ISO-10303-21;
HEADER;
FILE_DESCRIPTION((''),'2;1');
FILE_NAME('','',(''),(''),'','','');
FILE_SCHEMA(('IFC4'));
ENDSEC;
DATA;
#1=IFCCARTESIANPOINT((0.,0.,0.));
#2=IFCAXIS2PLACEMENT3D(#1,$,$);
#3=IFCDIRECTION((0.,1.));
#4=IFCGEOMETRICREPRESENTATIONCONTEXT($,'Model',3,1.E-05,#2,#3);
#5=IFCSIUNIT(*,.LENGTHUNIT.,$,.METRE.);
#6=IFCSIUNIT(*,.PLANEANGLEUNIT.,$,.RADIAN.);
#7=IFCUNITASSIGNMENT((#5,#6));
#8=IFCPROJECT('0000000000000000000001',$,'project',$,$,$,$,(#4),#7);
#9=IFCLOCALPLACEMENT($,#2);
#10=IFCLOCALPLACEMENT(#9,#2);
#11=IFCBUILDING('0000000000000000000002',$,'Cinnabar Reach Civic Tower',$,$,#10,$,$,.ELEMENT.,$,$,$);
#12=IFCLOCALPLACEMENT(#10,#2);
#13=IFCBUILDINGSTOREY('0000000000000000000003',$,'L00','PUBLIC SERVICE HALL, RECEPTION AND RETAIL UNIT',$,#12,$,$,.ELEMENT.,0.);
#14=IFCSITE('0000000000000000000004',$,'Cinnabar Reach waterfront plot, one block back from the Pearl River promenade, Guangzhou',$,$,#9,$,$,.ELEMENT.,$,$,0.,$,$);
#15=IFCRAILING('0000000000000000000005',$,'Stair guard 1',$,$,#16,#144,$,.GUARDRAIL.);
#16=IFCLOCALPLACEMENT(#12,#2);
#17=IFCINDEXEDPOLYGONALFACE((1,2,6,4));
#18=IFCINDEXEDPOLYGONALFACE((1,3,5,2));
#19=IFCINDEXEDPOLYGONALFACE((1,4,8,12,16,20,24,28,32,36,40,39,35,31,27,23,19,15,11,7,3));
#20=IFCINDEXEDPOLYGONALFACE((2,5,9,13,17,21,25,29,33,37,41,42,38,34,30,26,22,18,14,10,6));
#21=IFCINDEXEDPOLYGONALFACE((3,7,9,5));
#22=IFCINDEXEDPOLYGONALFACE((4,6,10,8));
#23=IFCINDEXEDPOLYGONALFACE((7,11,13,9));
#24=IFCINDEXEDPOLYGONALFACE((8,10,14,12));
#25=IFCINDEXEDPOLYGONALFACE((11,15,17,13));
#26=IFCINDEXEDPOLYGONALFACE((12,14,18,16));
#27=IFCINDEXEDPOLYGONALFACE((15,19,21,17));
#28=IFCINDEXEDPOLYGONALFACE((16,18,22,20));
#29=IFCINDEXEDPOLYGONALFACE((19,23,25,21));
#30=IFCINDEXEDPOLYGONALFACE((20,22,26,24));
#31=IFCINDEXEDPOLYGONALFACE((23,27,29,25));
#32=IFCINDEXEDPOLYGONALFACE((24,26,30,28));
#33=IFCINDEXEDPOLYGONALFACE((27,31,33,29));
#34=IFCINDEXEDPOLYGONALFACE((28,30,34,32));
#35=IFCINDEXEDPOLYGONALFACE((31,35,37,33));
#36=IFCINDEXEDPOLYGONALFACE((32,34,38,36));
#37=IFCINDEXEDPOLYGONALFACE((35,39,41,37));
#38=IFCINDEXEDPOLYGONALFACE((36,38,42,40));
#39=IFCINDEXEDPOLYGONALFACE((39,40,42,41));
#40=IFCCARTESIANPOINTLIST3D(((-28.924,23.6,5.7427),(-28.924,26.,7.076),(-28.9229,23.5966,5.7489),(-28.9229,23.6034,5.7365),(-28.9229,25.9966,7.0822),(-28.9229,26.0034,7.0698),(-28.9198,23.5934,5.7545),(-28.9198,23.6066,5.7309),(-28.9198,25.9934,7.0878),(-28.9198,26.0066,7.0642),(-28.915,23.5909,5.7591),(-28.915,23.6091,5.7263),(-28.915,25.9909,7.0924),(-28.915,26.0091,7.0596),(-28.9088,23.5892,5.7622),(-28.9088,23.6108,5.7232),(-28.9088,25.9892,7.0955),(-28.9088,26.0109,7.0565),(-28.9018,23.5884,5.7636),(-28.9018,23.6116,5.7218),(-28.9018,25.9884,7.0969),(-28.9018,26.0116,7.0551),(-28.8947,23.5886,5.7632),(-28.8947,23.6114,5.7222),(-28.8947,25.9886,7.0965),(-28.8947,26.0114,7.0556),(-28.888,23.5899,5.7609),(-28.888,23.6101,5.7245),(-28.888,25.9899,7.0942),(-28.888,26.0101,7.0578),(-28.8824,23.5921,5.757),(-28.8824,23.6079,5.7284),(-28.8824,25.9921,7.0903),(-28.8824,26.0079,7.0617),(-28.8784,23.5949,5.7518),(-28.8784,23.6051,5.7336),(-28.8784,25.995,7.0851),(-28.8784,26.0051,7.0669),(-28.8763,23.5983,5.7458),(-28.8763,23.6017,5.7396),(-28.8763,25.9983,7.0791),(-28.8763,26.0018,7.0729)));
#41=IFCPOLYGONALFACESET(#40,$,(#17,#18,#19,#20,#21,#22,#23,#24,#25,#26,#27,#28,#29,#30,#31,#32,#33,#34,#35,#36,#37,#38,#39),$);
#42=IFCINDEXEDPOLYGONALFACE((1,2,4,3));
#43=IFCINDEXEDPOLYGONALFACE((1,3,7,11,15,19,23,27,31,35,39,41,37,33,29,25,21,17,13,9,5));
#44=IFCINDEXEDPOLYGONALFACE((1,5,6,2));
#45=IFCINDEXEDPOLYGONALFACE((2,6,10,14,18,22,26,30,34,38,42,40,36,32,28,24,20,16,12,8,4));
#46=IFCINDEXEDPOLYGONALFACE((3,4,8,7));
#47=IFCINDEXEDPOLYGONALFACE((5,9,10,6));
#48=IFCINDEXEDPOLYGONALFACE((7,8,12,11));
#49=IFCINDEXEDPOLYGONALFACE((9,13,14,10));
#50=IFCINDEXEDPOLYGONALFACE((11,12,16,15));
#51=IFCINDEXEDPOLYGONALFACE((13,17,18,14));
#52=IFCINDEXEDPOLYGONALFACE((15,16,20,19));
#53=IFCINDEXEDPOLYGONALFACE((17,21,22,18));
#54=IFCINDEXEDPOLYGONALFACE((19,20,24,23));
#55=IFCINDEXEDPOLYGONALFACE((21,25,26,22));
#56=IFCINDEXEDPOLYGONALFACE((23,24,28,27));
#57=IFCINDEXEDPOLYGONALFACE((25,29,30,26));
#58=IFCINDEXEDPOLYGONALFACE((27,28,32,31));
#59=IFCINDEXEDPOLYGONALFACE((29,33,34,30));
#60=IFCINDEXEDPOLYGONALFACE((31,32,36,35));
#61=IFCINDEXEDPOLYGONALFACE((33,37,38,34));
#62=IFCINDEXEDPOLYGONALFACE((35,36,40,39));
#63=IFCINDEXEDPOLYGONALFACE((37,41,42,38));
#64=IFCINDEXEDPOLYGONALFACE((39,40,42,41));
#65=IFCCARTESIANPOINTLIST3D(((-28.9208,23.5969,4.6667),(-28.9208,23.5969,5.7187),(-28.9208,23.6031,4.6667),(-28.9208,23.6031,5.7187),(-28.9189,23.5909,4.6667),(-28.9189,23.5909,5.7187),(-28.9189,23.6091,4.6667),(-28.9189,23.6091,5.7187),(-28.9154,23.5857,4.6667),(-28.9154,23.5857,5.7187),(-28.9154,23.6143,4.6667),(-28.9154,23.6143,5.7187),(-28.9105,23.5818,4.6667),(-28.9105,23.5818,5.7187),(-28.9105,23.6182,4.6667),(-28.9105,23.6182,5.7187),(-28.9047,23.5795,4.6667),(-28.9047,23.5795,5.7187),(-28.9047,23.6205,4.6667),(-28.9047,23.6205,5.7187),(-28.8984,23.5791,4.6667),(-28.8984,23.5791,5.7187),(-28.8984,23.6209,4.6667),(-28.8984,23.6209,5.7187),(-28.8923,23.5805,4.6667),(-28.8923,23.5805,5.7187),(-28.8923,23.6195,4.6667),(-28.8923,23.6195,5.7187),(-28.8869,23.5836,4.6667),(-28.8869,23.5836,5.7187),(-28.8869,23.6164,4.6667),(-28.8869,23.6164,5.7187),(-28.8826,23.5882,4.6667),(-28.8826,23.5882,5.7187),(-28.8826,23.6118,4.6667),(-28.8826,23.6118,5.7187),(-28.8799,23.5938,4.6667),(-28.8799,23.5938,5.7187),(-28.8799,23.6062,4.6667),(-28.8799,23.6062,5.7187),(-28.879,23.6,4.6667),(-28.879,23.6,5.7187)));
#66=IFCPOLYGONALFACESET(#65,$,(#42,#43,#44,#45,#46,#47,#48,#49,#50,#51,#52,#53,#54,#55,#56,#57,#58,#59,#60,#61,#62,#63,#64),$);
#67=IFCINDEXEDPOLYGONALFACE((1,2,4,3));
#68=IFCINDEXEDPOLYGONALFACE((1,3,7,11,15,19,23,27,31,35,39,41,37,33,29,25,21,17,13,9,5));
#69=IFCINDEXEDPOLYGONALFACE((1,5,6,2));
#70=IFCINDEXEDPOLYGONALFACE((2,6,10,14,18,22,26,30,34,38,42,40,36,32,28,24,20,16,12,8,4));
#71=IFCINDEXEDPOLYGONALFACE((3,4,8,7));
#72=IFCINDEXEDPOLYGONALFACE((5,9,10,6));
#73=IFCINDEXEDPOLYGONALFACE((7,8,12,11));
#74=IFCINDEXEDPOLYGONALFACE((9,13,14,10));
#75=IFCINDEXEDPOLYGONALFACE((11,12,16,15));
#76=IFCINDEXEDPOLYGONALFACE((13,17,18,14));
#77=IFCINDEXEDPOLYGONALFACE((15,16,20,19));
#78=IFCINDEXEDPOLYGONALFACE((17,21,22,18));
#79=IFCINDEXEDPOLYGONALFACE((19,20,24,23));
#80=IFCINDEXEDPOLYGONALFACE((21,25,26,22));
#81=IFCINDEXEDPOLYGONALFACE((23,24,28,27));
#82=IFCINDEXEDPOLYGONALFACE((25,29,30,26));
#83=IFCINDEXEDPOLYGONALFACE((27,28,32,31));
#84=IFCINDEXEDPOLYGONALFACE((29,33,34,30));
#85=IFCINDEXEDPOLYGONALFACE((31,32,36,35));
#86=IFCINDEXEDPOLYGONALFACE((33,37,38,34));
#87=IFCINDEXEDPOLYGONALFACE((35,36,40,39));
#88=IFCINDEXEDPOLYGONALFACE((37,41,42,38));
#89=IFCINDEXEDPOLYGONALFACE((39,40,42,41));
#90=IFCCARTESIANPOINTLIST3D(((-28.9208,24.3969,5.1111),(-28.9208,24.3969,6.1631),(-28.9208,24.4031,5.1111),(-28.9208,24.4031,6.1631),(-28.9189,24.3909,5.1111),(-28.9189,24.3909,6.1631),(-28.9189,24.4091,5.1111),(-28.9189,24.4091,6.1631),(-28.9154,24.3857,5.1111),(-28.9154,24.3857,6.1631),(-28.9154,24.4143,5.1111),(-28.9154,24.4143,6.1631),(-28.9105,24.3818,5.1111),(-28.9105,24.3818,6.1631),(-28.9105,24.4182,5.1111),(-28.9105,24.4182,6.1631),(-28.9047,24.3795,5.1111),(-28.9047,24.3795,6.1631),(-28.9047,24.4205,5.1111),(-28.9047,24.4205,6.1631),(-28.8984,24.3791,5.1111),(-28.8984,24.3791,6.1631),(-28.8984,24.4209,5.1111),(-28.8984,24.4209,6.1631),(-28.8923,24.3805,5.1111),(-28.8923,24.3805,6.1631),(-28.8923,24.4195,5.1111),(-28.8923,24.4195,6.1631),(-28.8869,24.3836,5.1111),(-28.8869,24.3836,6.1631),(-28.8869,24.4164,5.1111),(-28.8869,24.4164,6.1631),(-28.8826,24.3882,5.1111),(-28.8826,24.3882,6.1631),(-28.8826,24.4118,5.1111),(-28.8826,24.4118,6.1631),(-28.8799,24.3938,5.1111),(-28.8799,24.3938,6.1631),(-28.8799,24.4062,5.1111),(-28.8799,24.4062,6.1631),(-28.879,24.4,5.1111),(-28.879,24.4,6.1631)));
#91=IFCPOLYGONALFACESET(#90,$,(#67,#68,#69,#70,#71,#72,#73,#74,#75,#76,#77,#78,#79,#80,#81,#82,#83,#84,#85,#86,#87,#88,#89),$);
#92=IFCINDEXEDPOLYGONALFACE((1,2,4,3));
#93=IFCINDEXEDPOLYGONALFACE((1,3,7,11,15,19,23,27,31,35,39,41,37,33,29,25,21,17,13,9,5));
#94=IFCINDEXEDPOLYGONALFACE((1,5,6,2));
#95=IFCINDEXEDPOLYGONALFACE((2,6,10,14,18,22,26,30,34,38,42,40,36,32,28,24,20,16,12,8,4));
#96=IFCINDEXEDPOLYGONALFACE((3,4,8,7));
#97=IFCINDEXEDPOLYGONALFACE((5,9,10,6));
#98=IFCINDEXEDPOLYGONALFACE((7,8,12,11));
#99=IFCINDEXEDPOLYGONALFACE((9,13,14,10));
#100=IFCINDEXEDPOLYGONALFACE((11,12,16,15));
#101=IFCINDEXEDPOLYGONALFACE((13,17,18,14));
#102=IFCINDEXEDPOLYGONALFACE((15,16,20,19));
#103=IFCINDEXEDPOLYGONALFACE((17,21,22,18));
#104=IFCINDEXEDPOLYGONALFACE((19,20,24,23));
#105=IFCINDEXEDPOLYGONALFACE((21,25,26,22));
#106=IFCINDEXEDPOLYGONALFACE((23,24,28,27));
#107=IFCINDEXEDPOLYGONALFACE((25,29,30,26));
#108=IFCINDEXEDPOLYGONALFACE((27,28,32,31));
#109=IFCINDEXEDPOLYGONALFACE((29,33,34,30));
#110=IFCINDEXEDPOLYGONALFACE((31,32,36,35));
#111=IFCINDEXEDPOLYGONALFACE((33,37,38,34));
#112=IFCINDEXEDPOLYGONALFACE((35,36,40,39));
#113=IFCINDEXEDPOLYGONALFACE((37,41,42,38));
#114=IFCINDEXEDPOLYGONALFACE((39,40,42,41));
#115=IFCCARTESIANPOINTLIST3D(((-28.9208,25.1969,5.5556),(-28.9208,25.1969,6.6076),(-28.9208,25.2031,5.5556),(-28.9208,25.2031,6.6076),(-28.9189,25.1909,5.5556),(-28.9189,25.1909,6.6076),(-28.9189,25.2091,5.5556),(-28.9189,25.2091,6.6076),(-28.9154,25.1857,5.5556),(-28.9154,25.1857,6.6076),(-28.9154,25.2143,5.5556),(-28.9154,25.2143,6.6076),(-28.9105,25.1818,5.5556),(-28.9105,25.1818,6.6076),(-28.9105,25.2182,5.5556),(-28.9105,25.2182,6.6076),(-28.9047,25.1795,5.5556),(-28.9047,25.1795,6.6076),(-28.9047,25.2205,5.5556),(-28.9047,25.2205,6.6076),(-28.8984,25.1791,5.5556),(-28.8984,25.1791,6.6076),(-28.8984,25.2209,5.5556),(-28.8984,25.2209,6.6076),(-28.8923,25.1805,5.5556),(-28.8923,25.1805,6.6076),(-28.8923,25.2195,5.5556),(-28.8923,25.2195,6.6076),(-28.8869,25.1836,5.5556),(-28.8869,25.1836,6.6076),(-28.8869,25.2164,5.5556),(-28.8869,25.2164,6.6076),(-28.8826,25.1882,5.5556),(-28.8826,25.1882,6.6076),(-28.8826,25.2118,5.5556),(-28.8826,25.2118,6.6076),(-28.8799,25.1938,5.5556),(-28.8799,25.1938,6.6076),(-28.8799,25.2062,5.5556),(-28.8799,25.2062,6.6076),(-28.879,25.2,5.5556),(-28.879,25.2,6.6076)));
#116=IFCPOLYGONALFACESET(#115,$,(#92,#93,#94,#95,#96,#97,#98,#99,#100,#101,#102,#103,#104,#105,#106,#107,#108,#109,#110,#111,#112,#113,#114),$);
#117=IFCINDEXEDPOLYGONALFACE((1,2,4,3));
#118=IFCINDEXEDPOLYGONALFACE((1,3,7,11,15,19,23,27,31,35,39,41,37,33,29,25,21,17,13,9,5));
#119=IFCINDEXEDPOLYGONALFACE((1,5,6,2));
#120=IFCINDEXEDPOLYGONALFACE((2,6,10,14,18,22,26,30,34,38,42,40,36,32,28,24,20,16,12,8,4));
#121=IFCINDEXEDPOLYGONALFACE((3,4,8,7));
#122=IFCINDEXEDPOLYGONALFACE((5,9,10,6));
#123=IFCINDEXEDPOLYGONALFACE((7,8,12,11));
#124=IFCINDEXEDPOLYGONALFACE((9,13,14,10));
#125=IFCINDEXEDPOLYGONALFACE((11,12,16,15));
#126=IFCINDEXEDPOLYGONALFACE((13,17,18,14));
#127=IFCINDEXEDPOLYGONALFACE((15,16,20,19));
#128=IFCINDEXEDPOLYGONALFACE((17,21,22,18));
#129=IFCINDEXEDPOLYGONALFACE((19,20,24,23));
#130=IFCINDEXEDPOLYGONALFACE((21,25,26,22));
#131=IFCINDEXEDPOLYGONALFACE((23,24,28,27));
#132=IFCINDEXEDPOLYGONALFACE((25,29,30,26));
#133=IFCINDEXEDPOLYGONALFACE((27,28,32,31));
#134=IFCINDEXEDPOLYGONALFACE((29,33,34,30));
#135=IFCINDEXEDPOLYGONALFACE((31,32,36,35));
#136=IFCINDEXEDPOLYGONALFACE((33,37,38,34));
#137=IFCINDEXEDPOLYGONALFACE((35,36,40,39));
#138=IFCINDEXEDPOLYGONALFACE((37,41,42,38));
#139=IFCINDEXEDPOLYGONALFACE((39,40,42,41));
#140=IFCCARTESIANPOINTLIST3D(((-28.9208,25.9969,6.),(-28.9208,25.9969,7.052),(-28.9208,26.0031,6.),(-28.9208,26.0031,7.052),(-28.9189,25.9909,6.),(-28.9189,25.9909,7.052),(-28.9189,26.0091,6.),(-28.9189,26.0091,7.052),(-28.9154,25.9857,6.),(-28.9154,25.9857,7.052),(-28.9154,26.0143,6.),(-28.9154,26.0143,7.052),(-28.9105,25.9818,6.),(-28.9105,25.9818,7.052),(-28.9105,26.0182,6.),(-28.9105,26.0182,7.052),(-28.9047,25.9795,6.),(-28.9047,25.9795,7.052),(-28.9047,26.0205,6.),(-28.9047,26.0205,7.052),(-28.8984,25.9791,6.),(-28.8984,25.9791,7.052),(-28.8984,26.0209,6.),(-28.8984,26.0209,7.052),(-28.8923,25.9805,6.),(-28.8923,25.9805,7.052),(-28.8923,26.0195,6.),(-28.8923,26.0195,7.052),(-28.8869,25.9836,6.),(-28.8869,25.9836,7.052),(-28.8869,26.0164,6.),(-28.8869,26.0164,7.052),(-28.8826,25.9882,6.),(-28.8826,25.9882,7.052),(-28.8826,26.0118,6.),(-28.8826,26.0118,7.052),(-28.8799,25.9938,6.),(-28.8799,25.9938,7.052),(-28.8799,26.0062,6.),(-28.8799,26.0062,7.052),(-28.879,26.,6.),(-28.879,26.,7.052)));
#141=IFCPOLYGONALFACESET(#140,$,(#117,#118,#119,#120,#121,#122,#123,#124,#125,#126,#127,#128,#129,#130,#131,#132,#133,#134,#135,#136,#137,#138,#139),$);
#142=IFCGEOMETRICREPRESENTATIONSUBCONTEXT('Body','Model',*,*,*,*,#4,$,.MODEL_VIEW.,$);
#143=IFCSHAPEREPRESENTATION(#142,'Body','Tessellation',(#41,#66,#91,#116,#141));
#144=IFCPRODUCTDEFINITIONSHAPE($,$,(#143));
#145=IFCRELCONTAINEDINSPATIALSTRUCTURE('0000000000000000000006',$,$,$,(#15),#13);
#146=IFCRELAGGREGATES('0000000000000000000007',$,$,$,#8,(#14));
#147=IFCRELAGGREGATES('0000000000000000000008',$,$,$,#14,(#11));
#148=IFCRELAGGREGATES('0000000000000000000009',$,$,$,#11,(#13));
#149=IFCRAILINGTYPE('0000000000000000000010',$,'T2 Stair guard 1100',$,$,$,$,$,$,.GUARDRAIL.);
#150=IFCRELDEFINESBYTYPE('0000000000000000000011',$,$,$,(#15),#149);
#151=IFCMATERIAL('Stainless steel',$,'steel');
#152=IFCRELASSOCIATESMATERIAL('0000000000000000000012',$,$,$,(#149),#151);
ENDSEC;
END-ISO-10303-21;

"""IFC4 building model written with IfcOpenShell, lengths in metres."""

from ifc_helpers import new_model, si_unit, direction, frame, origin, origin_2d, place, context, subcontext, project, spatial, circle, extrude, material, type_object, element, save


model = new_model("IFC4")

# Units and contexts
model_context = context("Model", 3, precision=1e-05, world=origin(), true_north=direction((0.0, 1.0)))
body_context = subcontext(model_context, "Body", "Model", "MODEL_VIEW")
ifc_project = project(units=[si_unit("LENGTHUNIT", "METRE"), si_unit("PLANEANGLEUNIT", "RADIAN")], contexts=[model_context])

# Site, building, storey
site_placement = place(None, origin())
site = spatial("IfcSite", under=ifc_project, at=site_placement, Name="Cinnabar Reach waterfront plot, one block back from the Pearl River promenade, Guangzhou", CompositionType="ELEMENT", RefElevation=0.0)
building_placement = place(site_placement, origin())
building = spatial("IfcBuilding", under=site, at=building_placement, Name="Cinnabar Reach Civic Tower", CompositionType="ELEMENT")
storey_placement = place(building_placement, origin())
storey = spatial("IfcBuildingStorey", under=building, at=storey_placement, Name="L00", Description="PUBLIC SERVICE HALL, RECEPTION AND RETAIL UNIT", CompositionType="ELEMENT", Elevation=0.0)

# Railing
ifc_material_1 = material(Name="Stainless steel", Category="steel")
railing_type = type_object("IfcRailingType", Name="T2 Stair guard 1100", PredefinedType="GUARDRAIL", material=ifc_material_1)
railing_1_placement = place(storey_placement, frame((-28.9, 23.6, 4.6667)))
element("IfcRailing", 1, at=railing_1_placement, inside=storey, type_object=railing_type, Name="Stair guard 1", PredefinedType="GUARDRAIL", context=body_context, shape_type="SweptSolid", body=[
    extrude(circle(Radius=0.024, at=origin_2d()), frame((0.0, 0.0, 1.076), z_axis=(0.0, 0.874162, 0.485634), x_axis=(-1.0, 0.0, 0.0)), (0.0, 0.0, 1.0), 2.7455),
    extrude(circle(Radius=0.021, at=origin_2d()), origin(), (0.0, 0.0, 1.0), 1.052),
    extrude(circle(Radius=0.021, at=origin_2d()), frame((0.0, 0.8, 0.4444)), (0.0, 0.0, 1.0), 1.052),
    extrude(circle(Radius=0.021, at=origin_2d()), frame((0.0, 1.6, 0.8889)), (0.0, 0.0, 1.0), 1.052),
    extrude(circle(Radius=0.021, at=origin_2d()), frame((0.0, 2.4, 1.3333)), (0.0, 0.0, 1.0), 1.052),
])

save(model, "model.ifc")
